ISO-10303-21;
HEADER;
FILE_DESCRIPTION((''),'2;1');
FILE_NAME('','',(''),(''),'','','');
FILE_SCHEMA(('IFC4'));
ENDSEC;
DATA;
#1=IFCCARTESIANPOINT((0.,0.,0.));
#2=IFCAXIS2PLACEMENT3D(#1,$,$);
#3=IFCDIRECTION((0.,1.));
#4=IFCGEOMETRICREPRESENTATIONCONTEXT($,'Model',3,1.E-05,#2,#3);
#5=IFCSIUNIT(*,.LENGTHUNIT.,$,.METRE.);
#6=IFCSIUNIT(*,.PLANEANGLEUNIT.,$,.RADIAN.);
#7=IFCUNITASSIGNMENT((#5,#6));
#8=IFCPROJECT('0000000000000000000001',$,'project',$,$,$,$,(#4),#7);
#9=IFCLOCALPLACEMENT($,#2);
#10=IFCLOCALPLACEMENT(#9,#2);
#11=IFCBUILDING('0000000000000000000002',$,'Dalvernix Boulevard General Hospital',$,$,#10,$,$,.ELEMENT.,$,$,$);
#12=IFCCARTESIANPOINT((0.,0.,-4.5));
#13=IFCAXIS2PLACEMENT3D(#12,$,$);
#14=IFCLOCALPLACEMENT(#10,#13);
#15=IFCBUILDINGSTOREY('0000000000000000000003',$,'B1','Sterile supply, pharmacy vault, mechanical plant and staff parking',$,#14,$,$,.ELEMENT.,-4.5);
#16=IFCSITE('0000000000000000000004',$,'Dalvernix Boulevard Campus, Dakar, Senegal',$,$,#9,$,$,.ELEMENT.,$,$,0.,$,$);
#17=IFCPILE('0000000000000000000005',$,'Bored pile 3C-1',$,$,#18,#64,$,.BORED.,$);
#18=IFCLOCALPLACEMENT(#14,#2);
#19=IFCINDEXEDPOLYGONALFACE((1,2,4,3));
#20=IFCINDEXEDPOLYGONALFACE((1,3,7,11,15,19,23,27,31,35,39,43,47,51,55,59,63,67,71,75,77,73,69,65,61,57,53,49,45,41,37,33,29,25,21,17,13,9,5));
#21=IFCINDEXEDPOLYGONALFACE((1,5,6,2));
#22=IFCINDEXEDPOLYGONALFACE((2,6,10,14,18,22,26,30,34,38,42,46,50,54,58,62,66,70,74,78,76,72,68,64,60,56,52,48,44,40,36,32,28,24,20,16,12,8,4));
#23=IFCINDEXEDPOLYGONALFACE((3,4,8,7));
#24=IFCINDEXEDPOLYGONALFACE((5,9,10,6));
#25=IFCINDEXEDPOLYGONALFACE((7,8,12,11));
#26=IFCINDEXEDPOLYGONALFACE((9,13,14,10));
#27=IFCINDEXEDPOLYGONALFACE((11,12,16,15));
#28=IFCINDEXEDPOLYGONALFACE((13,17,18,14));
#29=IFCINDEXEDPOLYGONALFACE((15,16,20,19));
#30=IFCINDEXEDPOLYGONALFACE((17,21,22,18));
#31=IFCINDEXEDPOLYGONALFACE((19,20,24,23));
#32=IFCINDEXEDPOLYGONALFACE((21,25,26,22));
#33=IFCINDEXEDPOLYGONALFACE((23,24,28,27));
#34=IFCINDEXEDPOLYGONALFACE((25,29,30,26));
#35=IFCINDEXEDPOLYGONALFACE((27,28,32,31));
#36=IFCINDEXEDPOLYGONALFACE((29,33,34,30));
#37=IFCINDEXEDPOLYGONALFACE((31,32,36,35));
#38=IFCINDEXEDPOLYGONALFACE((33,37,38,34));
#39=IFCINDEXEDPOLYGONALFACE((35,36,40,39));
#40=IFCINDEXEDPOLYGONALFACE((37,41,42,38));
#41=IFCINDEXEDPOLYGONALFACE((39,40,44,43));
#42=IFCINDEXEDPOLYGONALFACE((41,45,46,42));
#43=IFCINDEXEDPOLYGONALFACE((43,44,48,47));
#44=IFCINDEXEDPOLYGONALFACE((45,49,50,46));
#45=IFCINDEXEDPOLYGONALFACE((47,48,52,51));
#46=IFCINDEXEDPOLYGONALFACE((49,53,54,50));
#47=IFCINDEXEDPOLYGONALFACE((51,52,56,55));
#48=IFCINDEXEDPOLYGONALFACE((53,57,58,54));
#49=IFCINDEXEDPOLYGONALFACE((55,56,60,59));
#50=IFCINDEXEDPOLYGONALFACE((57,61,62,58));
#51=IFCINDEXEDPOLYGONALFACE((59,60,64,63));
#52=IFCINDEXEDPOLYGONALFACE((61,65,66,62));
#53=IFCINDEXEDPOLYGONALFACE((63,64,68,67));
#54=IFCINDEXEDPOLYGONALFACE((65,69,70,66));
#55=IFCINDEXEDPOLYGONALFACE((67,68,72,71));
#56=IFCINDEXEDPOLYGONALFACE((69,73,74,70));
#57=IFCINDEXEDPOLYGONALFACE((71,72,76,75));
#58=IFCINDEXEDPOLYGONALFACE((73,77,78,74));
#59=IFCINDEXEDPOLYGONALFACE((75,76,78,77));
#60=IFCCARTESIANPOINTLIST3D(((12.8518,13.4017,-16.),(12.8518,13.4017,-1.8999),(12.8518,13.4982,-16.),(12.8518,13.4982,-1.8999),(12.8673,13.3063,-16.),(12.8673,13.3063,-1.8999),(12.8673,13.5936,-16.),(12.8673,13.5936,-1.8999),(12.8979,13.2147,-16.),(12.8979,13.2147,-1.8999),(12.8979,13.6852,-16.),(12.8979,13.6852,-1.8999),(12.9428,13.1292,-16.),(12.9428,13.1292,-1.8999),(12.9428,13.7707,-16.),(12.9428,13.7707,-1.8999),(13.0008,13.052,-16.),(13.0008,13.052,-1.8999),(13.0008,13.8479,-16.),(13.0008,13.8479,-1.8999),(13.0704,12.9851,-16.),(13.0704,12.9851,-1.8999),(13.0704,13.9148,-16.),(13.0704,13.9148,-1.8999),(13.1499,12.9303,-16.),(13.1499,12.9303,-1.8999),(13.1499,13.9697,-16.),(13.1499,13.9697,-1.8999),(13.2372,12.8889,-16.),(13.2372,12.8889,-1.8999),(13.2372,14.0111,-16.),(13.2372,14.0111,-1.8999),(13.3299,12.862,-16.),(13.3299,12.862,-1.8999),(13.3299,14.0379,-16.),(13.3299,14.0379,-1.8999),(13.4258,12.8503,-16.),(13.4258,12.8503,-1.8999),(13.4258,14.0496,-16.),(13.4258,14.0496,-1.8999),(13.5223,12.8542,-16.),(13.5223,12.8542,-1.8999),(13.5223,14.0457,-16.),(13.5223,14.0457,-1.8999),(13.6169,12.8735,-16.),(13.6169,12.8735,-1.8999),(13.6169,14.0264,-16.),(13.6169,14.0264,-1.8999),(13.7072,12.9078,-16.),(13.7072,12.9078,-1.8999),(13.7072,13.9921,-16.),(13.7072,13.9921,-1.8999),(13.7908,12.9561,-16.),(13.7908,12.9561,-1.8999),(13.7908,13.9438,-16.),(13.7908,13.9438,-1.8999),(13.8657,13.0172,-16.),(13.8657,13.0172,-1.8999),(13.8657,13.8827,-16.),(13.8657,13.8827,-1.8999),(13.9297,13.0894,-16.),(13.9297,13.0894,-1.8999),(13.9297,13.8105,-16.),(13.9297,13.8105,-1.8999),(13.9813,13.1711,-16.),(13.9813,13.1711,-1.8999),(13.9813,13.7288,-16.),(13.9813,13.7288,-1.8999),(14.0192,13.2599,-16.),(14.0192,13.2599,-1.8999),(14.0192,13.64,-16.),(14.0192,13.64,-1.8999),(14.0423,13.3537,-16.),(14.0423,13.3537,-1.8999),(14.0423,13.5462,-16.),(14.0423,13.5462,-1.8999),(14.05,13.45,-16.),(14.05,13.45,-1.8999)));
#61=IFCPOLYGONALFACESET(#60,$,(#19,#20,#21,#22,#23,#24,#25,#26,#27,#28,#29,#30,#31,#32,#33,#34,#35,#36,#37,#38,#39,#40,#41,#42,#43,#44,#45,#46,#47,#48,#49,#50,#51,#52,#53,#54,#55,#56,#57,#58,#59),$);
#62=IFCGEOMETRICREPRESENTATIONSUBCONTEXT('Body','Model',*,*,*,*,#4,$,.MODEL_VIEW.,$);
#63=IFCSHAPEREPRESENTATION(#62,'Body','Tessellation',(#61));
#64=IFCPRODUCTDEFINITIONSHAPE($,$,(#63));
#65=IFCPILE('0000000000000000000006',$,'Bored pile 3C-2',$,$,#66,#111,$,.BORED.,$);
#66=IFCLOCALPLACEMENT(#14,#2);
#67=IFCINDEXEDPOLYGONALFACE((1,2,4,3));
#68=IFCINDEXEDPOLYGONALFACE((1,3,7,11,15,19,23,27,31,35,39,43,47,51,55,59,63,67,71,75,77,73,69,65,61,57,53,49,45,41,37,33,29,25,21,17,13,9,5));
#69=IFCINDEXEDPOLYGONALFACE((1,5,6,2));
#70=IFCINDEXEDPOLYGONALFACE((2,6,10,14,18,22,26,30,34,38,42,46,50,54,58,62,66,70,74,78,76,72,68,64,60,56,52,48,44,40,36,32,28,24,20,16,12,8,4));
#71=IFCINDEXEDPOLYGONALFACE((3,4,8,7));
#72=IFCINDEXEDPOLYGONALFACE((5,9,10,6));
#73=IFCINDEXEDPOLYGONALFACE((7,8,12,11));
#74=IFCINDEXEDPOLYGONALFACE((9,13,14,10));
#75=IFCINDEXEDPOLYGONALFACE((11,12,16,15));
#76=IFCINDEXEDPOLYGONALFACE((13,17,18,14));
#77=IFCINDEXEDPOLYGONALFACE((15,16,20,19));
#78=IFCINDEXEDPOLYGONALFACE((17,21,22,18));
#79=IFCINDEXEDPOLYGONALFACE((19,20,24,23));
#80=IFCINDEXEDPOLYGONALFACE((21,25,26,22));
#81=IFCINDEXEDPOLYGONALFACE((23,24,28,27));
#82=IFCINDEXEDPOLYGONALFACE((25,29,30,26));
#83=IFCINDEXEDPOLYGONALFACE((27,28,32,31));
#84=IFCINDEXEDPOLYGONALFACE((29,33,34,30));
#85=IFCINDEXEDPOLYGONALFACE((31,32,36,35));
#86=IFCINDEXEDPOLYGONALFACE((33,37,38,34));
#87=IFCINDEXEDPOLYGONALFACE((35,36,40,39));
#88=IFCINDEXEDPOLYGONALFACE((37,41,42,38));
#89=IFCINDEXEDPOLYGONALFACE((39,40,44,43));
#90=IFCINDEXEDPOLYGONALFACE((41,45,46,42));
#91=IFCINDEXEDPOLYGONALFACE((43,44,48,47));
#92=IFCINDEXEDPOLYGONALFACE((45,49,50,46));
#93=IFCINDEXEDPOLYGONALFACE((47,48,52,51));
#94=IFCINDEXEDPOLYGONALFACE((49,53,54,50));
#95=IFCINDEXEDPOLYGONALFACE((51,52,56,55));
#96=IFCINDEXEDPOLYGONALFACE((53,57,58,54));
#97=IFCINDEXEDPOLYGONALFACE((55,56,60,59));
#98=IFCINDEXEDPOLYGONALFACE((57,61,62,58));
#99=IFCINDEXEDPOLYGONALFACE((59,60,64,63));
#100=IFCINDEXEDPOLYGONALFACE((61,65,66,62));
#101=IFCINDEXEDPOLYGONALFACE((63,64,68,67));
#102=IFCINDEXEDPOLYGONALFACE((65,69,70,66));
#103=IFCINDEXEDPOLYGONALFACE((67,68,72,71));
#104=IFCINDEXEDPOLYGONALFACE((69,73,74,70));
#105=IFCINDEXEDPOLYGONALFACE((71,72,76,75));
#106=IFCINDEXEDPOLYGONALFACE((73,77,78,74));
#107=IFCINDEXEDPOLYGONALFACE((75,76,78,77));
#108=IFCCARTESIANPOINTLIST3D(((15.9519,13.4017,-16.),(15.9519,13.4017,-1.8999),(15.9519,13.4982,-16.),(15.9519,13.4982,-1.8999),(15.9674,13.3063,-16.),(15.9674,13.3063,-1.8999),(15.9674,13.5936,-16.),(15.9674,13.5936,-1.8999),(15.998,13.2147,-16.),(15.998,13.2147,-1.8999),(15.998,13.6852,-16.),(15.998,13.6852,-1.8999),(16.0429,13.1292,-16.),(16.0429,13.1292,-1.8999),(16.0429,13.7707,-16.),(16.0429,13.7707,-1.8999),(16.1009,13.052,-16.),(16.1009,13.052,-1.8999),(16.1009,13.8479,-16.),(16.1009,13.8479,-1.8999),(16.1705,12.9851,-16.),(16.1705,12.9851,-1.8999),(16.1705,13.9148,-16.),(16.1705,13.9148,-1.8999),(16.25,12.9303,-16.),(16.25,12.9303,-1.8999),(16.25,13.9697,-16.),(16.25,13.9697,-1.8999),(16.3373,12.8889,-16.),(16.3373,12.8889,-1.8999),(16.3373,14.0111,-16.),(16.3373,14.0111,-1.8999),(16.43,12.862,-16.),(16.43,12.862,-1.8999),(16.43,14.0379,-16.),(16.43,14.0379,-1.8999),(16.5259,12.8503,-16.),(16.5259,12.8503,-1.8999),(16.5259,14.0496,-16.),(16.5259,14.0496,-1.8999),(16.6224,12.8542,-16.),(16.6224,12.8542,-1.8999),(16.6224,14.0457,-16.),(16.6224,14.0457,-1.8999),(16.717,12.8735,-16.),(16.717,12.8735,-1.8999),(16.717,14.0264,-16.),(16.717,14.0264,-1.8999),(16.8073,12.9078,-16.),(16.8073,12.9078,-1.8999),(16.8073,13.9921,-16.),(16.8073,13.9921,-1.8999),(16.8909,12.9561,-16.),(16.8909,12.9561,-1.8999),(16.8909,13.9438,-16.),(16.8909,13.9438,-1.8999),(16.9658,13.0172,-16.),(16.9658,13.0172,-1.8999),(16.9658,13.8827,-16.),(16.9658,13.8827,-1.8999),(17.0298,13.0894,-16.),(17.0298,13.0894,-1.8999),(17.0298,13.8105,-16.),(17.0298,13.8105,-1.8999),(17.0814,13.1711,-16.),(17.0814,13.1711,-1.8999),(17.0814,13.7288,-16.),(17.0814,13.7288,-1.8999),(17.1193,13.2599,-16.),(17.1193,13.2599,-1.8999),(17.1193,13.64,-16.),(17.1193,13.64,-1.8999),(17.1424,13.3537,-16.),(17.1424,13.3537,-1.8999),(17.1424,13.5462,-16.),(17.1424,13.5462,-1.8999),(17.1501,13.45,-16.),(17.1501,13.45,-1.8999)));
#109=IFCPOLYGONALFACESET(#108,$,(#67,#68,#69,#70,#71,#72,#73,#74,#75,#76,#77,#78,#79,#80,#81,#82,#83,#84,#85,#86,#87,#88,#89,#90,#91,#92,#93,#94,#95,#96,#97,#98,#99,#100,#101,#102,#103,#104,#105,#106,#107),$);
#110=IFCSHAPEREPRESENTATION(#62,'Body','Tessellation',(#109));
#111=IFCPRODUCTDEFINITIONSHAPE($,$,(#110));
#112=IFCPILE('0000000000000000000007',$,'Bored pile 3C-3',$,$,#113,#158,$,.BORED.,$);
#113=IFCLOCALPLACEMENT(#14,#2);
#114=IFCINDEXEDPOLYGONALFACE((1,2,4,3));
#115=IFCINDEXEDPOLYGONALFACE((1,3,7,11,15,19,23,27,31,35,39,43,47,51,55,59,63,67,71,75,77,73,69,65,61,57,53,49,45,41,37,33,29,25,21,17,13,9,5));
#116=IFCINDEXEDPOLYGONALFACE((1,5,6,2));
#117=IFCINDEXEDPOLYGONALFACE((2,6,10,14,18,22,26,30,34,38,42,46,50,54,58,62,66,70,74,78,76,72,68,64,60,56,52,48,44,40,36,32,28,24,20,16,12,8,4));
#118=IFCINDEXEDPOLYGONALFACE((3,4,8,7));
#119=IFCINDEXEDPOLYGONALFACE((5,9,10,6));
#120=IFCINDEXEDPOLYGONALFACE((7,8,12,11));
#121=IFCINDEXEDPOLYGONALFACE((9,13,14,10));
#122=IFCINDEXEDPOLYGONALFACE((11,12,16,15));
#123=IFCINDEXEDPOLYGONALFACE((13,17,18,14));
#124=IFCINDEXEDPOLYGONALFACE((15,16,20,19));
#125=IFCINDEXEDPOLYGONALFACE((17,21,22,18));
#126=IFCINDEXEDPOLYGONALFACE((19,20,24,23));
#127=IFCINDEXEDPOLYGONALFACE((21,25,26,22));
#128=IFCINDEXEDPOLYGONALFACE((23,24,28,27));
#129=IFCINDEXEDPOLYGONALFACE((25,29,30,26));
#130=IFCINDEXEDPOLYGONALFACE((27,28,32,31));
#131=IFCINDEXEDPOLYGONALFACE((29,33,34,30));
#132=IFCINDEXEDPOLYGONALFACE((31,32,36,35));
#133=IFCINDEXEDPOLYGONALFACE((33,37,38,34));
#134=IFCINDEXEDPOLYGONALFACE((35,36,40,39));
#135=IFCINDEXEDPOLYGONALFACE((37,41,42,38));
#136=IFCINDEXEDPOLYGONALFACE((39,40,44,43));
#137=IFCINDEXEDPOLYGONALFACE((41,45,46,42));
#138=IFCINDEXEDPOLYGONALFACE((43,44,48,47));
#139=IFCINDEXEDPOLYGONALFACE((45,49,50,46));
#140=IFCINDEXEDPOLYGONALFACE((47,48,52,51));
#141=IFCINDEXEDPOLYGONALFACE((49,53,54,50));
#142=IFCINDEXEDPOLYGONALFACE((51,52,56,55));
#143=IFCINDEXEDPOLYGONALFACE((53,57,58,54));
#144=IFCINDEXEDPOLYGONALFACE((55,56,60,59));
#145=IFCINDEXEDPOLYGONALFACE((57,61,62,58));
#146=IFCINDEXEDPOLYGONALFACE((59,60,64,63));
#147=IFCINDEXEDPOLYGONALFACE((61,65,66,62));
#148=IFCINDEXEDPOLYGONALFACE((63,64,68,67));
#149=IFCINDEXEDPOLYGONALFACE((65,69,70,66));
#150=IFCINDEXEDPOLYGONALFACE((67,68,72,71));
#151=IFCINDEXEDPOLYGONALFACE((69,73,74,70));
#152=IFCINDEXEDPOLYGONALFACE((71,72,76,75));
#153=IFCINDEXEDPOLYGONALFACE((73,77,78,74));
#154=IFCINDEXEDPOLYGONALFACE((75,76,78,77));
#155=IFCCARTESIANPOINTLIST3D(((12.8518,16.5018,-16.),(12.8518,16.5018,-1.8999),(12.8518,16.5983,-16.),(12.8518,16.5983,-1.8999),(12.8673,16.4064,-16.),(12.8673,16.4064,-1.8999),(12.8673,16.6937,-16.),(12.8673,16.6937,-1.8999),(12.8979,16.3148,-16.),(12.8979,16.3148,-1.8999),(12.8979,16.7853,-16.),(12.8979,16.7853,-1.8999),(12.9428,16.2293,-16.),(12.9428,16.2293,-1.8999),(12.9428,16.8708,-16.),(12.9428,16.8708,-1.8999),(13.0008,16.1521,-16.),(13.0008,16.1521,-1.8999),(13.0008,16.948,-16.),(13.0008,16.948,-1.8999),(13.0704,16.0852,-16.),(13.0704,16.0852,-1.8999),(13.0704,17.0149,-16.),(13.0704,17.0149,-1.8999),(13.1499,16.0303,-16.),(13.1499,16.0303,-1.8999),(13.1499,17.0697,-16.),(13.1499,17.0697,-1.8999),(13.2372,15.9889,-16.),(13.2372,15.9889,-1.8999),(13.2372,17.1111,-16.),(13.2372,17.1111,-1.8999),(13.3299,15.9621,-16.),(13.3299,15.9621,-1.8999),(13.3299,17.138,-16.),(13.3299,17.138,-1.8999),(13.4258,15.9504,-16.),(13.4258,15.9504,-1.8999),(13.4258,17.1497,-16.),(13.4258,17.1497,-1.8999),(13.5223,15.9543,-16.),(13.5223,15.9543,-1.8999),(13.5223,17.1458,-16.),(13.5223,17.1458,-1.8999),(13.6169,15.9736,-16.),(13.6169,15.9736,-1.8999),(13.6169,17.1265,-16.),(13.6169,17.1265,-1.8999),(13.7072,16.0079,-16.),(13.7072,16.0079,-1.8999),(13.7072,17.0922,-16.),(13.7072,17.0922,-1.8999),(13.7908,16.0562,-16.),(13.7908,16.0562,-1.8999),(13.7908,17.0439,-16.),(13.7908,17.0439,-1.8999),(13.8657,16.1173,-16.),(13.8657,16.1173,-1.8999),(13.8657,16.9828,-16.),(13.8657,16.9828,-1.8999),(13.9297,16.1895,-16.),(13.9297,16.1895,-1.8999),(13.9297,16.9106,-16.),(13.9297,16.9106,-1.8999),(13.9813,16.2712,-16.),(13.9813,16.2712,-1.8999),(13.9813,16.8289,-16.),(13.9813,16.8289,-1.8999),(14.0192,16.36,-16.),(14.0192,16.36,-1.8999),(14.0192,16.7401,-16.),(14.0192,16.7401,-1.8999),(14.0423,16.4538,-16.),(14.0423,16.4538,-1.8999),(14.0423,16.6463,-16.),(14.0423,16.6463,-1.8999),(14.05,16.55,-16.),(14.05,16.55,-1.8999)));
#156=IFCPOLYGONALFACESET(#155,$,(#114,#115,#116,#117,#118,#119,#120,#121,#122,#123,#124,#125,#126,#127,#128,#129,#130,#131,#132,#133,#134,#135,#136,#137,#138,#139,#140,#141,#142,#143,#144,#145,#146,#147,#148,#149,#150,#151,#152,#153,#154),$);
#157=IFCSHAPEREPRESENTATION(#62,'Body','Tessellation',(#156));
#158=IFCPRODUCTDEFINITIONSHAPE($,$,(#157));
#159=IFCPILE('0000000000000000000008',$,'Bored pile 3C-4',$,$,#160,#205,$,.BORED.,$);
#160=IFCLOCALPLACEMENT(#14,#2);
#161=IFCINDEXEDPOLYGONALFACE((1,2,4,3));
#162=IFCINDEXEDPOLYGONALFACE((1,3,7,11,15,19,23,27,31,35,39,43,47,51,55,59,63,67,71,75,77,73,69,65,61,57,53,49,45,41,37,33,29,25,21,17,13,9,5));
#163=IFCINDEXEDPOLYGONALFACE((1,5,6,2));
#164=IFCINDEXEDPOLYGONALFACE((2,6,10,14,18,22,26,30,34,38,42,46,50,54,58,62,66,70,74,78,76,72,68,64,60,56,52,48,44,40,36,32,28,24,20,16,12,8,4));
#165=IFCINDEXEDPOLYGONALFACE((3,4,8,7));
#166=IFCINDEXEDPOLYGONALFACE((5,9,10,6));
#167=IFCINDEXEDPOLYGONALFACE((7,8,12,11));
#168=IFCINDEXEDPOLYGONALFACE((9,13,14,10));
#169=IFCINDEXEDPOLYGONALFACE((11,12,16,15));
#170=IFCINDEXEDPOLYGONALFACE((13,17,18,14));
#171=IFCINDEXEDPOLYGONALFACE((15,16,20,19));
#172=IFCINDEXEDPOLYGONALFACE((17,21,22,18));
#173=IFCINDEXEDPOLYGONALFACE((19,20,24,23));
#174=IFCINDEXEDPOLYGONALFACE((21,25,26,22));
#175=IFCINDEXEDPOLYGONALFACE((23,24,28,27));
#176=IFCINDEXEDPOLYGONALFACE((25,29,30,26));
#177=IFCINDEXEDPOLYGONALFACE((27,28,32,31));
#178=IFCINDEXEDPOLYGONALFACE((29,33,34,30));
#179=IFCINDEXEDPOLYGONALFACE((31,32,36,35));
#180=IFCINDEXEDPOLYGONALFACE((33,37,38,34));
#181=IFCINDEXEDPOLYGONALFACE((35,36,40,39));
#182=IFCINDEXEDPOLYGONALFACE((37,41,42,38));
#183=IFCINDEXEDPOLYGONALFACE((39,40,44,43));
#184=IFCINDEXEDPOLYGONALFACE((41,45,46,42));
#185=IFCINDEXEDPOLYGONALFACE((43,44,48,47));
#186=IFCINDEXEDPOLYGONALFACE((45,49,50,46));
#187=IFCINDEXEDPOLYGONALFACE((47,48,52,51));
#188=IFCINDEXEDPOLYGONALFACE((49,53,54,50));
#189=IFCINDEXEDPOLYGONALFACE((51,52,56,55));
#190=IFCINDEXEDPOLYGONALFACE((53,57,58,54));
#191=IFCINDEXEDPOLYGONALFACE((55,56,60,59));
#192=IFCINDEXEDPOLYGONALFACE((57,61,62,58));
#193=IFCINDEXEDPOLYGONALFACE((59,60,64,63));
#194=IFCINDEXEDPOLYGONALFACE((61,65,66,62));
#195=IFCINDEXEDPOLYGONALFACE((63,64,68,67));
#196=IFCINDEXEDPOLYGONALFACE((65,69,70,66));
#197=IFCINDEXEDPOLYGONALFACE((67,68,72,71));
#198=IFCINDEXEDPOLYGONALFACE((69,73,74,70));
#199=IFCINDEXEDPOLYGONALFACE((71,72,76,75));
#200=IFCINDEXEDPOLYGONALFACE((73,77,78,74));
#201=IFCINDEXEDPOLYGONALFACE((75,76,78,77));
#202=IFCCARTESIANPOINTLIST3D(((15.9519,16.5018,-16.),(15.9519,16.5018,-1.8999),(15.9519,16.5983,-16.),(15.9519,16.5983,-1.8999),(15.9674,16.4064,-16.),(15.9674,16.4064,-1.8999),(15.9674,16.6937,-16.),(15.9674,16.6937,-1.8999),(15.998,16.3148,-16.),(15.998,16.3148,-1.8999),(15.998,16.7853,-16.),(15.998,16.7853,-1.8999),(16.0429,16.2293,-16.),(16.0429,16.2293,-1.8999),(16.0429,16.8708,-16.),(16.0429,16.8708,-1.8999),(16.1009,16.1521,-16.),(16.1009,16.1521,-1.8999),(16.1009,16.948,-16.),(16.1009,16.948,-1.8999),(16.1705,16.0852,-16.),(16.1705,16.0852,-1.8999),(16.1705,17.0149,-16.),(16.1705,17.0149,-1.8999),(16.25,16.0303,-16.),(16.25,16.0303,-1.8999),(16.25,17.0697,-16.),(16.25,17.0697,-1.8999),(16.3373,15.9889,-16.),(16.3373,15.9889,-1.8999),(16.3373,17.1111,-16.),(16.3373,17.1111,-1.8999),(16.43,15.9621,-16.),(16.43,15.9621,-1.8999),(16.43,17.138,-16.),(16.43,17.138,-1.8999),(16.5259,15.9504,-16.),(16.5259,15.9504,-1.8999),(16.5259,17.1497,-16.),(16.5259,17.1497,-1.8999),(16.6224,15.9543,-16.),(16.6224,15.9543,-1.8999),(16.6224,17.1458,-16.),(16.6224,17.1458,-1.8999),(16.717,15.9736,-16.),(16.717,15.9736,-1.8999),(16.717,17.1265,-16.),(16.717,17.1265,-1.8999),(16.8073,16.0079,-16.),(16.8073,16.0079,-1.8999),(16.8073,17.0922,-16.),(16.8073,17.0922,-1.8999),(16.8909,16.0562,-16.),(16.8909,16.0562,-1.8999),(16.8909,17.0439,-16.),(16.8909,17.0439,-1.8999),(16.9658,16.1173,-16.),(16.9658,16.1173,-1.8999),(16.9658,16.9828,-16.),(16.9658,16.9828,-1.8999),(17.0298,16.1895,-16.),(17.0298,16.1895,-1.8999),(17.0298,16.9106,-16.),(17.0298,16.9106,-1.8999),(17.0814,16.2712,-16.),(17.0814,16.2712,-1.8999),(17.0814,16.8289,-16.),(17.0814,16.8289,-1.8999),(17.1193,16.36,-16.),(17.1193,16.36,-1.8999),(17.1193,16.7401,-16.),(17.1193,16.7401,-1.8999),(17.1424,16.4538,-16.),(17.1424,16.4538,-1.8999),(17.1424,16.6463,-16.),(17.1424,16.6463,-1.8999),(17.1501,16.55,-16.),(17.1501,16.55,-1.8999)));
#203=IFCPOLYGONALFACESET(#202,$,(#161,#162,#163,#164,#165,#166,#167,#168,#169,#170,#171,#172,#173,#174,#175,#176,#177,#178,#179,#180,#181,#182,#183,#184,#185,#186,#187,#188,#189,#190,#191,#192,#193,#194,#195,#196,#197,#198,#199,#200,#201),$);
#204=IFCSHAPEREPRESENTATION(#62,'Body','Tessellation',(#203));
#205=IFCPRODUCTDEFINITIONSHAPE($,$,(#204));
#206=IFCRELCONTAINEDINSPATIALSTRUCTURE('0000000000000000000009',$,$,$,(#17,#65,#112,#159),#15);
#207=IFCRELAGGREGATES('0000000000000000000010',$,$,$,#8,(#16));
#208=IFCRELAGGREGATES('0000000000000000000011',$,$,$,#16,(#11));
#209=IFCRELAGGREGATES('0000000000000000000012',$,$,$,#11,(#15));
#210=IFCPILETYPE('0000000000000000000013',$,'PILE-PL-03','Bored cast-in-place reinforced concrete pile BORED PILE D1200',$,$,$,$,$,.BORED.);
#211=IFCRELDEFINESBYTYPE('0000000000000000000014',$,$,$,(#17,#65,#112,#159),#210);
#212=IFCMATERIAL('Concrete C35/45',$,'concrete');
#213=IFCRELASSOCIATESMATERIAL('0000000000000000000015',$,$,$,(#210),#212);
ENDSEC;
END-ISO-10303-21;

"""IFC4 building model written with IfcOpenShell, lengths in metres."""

from ifc_helpers import new_model, si_unit, direction, frame, origin, origin_2d, place, context, subcontext, project, spatial, circle, extrude, material, material_profile, profile_set, type_object, element, save


model = new_model("IFC4")

# Units and contexts
model_context = context("Model", 3, precision=1e-05, world=origin(), true_north=direction((0.0, 1.0)))
body_context = subcontext(model_context, "Body", "Model", "MODEL_VIEW")
ifc_project = project(units=[si_unit("LENGTHUNIT", "METRE"), si_unit("PLANEANGLEUNIT", "RADIAN")], contexts=[model_context])

# Site, building, storey
site_placement = place(None, origin())
site = spatial("IfcSite", under=ifc_project, at=site_placement, Name="Dalvernix Boulevard Campus, Dakar, Senegal", CompositionType="ELEMENT", RefElevation=0.0)
building_placement = place(site_placement, origin())
building = spatial("IfcBuilding", under=site, at=building_placement, Name="Dalvernix Boulevard General Hospital", CompositionType="ELEMENT")
storey_placement = place(building_placement, frame((0.0, 0.0, -4.5)))
storey = spatial("IfcBuildingStorey", under=building, at=storey_placement, Name="B1", Description="Sterile supply, pharmacy vault, mechanical plant and staff parking", CompositionType="ELEMENT", Elevation=-4.5)

# Shared definitions
ifc_material_1 = material(Name="Concrete C35/45", Category="concrete")

# Piles
ifc_material_profile_1 = material_profile(ifc_material_1, circle(Radius=0.6001, at=origin_2d()), Name="BORED PILE D1200")
ifc_profile_set_1 = profile_set([ifc_material_profile_1], Name="Concrete C35/45")
pile_type = type_object("IfcPileType", Name="PILE-PL-03", Description="Bored cast-in-place reinforced concrete pile BORED PILE D1200", PredefinedType="BORED", material=ifc_profile_set_1)
for number, where, z_axis, x_axis, name in (
    (1, (13.45, 13.45, -1.8999), (0.0, 0.0, -1.0), (1.0, 0.0, 0.0), "Bored pile 3C-1"),
    (2, (16.55, 13.45, -1.8999), (0.0, 0.0, -1.0), (1.0, 0.0, 0.0), "Bored pile 3C-2"),
    (3, (13.45, 16.55, -1.8999), (0.0, 0.0, -1.0), (1.0, 0.0, 0.0), "Bored pile 3C-3"),
    (4, (16.55, 16.55, -1.8999), (0.0, 0.0, -1.0), (1.0, 0.0, 0.0), "Bored pile 3C-4"),
):
    element("IfcPile", number, at=place(storey_placement, frame(where, z_axis=z_axis, x_axis=x_axis)), inside=storey, type_object=pile_type, Name=name, PredefinedType="BORED", context=body_context, shape_type="SweptSolid", body=[
        extrude(circle(Radius=0.6001, at=origin_2d()), origin(), (0.0, 0.0, 1.0), 14.1001),
    ])

save(model, "model.ifc")
